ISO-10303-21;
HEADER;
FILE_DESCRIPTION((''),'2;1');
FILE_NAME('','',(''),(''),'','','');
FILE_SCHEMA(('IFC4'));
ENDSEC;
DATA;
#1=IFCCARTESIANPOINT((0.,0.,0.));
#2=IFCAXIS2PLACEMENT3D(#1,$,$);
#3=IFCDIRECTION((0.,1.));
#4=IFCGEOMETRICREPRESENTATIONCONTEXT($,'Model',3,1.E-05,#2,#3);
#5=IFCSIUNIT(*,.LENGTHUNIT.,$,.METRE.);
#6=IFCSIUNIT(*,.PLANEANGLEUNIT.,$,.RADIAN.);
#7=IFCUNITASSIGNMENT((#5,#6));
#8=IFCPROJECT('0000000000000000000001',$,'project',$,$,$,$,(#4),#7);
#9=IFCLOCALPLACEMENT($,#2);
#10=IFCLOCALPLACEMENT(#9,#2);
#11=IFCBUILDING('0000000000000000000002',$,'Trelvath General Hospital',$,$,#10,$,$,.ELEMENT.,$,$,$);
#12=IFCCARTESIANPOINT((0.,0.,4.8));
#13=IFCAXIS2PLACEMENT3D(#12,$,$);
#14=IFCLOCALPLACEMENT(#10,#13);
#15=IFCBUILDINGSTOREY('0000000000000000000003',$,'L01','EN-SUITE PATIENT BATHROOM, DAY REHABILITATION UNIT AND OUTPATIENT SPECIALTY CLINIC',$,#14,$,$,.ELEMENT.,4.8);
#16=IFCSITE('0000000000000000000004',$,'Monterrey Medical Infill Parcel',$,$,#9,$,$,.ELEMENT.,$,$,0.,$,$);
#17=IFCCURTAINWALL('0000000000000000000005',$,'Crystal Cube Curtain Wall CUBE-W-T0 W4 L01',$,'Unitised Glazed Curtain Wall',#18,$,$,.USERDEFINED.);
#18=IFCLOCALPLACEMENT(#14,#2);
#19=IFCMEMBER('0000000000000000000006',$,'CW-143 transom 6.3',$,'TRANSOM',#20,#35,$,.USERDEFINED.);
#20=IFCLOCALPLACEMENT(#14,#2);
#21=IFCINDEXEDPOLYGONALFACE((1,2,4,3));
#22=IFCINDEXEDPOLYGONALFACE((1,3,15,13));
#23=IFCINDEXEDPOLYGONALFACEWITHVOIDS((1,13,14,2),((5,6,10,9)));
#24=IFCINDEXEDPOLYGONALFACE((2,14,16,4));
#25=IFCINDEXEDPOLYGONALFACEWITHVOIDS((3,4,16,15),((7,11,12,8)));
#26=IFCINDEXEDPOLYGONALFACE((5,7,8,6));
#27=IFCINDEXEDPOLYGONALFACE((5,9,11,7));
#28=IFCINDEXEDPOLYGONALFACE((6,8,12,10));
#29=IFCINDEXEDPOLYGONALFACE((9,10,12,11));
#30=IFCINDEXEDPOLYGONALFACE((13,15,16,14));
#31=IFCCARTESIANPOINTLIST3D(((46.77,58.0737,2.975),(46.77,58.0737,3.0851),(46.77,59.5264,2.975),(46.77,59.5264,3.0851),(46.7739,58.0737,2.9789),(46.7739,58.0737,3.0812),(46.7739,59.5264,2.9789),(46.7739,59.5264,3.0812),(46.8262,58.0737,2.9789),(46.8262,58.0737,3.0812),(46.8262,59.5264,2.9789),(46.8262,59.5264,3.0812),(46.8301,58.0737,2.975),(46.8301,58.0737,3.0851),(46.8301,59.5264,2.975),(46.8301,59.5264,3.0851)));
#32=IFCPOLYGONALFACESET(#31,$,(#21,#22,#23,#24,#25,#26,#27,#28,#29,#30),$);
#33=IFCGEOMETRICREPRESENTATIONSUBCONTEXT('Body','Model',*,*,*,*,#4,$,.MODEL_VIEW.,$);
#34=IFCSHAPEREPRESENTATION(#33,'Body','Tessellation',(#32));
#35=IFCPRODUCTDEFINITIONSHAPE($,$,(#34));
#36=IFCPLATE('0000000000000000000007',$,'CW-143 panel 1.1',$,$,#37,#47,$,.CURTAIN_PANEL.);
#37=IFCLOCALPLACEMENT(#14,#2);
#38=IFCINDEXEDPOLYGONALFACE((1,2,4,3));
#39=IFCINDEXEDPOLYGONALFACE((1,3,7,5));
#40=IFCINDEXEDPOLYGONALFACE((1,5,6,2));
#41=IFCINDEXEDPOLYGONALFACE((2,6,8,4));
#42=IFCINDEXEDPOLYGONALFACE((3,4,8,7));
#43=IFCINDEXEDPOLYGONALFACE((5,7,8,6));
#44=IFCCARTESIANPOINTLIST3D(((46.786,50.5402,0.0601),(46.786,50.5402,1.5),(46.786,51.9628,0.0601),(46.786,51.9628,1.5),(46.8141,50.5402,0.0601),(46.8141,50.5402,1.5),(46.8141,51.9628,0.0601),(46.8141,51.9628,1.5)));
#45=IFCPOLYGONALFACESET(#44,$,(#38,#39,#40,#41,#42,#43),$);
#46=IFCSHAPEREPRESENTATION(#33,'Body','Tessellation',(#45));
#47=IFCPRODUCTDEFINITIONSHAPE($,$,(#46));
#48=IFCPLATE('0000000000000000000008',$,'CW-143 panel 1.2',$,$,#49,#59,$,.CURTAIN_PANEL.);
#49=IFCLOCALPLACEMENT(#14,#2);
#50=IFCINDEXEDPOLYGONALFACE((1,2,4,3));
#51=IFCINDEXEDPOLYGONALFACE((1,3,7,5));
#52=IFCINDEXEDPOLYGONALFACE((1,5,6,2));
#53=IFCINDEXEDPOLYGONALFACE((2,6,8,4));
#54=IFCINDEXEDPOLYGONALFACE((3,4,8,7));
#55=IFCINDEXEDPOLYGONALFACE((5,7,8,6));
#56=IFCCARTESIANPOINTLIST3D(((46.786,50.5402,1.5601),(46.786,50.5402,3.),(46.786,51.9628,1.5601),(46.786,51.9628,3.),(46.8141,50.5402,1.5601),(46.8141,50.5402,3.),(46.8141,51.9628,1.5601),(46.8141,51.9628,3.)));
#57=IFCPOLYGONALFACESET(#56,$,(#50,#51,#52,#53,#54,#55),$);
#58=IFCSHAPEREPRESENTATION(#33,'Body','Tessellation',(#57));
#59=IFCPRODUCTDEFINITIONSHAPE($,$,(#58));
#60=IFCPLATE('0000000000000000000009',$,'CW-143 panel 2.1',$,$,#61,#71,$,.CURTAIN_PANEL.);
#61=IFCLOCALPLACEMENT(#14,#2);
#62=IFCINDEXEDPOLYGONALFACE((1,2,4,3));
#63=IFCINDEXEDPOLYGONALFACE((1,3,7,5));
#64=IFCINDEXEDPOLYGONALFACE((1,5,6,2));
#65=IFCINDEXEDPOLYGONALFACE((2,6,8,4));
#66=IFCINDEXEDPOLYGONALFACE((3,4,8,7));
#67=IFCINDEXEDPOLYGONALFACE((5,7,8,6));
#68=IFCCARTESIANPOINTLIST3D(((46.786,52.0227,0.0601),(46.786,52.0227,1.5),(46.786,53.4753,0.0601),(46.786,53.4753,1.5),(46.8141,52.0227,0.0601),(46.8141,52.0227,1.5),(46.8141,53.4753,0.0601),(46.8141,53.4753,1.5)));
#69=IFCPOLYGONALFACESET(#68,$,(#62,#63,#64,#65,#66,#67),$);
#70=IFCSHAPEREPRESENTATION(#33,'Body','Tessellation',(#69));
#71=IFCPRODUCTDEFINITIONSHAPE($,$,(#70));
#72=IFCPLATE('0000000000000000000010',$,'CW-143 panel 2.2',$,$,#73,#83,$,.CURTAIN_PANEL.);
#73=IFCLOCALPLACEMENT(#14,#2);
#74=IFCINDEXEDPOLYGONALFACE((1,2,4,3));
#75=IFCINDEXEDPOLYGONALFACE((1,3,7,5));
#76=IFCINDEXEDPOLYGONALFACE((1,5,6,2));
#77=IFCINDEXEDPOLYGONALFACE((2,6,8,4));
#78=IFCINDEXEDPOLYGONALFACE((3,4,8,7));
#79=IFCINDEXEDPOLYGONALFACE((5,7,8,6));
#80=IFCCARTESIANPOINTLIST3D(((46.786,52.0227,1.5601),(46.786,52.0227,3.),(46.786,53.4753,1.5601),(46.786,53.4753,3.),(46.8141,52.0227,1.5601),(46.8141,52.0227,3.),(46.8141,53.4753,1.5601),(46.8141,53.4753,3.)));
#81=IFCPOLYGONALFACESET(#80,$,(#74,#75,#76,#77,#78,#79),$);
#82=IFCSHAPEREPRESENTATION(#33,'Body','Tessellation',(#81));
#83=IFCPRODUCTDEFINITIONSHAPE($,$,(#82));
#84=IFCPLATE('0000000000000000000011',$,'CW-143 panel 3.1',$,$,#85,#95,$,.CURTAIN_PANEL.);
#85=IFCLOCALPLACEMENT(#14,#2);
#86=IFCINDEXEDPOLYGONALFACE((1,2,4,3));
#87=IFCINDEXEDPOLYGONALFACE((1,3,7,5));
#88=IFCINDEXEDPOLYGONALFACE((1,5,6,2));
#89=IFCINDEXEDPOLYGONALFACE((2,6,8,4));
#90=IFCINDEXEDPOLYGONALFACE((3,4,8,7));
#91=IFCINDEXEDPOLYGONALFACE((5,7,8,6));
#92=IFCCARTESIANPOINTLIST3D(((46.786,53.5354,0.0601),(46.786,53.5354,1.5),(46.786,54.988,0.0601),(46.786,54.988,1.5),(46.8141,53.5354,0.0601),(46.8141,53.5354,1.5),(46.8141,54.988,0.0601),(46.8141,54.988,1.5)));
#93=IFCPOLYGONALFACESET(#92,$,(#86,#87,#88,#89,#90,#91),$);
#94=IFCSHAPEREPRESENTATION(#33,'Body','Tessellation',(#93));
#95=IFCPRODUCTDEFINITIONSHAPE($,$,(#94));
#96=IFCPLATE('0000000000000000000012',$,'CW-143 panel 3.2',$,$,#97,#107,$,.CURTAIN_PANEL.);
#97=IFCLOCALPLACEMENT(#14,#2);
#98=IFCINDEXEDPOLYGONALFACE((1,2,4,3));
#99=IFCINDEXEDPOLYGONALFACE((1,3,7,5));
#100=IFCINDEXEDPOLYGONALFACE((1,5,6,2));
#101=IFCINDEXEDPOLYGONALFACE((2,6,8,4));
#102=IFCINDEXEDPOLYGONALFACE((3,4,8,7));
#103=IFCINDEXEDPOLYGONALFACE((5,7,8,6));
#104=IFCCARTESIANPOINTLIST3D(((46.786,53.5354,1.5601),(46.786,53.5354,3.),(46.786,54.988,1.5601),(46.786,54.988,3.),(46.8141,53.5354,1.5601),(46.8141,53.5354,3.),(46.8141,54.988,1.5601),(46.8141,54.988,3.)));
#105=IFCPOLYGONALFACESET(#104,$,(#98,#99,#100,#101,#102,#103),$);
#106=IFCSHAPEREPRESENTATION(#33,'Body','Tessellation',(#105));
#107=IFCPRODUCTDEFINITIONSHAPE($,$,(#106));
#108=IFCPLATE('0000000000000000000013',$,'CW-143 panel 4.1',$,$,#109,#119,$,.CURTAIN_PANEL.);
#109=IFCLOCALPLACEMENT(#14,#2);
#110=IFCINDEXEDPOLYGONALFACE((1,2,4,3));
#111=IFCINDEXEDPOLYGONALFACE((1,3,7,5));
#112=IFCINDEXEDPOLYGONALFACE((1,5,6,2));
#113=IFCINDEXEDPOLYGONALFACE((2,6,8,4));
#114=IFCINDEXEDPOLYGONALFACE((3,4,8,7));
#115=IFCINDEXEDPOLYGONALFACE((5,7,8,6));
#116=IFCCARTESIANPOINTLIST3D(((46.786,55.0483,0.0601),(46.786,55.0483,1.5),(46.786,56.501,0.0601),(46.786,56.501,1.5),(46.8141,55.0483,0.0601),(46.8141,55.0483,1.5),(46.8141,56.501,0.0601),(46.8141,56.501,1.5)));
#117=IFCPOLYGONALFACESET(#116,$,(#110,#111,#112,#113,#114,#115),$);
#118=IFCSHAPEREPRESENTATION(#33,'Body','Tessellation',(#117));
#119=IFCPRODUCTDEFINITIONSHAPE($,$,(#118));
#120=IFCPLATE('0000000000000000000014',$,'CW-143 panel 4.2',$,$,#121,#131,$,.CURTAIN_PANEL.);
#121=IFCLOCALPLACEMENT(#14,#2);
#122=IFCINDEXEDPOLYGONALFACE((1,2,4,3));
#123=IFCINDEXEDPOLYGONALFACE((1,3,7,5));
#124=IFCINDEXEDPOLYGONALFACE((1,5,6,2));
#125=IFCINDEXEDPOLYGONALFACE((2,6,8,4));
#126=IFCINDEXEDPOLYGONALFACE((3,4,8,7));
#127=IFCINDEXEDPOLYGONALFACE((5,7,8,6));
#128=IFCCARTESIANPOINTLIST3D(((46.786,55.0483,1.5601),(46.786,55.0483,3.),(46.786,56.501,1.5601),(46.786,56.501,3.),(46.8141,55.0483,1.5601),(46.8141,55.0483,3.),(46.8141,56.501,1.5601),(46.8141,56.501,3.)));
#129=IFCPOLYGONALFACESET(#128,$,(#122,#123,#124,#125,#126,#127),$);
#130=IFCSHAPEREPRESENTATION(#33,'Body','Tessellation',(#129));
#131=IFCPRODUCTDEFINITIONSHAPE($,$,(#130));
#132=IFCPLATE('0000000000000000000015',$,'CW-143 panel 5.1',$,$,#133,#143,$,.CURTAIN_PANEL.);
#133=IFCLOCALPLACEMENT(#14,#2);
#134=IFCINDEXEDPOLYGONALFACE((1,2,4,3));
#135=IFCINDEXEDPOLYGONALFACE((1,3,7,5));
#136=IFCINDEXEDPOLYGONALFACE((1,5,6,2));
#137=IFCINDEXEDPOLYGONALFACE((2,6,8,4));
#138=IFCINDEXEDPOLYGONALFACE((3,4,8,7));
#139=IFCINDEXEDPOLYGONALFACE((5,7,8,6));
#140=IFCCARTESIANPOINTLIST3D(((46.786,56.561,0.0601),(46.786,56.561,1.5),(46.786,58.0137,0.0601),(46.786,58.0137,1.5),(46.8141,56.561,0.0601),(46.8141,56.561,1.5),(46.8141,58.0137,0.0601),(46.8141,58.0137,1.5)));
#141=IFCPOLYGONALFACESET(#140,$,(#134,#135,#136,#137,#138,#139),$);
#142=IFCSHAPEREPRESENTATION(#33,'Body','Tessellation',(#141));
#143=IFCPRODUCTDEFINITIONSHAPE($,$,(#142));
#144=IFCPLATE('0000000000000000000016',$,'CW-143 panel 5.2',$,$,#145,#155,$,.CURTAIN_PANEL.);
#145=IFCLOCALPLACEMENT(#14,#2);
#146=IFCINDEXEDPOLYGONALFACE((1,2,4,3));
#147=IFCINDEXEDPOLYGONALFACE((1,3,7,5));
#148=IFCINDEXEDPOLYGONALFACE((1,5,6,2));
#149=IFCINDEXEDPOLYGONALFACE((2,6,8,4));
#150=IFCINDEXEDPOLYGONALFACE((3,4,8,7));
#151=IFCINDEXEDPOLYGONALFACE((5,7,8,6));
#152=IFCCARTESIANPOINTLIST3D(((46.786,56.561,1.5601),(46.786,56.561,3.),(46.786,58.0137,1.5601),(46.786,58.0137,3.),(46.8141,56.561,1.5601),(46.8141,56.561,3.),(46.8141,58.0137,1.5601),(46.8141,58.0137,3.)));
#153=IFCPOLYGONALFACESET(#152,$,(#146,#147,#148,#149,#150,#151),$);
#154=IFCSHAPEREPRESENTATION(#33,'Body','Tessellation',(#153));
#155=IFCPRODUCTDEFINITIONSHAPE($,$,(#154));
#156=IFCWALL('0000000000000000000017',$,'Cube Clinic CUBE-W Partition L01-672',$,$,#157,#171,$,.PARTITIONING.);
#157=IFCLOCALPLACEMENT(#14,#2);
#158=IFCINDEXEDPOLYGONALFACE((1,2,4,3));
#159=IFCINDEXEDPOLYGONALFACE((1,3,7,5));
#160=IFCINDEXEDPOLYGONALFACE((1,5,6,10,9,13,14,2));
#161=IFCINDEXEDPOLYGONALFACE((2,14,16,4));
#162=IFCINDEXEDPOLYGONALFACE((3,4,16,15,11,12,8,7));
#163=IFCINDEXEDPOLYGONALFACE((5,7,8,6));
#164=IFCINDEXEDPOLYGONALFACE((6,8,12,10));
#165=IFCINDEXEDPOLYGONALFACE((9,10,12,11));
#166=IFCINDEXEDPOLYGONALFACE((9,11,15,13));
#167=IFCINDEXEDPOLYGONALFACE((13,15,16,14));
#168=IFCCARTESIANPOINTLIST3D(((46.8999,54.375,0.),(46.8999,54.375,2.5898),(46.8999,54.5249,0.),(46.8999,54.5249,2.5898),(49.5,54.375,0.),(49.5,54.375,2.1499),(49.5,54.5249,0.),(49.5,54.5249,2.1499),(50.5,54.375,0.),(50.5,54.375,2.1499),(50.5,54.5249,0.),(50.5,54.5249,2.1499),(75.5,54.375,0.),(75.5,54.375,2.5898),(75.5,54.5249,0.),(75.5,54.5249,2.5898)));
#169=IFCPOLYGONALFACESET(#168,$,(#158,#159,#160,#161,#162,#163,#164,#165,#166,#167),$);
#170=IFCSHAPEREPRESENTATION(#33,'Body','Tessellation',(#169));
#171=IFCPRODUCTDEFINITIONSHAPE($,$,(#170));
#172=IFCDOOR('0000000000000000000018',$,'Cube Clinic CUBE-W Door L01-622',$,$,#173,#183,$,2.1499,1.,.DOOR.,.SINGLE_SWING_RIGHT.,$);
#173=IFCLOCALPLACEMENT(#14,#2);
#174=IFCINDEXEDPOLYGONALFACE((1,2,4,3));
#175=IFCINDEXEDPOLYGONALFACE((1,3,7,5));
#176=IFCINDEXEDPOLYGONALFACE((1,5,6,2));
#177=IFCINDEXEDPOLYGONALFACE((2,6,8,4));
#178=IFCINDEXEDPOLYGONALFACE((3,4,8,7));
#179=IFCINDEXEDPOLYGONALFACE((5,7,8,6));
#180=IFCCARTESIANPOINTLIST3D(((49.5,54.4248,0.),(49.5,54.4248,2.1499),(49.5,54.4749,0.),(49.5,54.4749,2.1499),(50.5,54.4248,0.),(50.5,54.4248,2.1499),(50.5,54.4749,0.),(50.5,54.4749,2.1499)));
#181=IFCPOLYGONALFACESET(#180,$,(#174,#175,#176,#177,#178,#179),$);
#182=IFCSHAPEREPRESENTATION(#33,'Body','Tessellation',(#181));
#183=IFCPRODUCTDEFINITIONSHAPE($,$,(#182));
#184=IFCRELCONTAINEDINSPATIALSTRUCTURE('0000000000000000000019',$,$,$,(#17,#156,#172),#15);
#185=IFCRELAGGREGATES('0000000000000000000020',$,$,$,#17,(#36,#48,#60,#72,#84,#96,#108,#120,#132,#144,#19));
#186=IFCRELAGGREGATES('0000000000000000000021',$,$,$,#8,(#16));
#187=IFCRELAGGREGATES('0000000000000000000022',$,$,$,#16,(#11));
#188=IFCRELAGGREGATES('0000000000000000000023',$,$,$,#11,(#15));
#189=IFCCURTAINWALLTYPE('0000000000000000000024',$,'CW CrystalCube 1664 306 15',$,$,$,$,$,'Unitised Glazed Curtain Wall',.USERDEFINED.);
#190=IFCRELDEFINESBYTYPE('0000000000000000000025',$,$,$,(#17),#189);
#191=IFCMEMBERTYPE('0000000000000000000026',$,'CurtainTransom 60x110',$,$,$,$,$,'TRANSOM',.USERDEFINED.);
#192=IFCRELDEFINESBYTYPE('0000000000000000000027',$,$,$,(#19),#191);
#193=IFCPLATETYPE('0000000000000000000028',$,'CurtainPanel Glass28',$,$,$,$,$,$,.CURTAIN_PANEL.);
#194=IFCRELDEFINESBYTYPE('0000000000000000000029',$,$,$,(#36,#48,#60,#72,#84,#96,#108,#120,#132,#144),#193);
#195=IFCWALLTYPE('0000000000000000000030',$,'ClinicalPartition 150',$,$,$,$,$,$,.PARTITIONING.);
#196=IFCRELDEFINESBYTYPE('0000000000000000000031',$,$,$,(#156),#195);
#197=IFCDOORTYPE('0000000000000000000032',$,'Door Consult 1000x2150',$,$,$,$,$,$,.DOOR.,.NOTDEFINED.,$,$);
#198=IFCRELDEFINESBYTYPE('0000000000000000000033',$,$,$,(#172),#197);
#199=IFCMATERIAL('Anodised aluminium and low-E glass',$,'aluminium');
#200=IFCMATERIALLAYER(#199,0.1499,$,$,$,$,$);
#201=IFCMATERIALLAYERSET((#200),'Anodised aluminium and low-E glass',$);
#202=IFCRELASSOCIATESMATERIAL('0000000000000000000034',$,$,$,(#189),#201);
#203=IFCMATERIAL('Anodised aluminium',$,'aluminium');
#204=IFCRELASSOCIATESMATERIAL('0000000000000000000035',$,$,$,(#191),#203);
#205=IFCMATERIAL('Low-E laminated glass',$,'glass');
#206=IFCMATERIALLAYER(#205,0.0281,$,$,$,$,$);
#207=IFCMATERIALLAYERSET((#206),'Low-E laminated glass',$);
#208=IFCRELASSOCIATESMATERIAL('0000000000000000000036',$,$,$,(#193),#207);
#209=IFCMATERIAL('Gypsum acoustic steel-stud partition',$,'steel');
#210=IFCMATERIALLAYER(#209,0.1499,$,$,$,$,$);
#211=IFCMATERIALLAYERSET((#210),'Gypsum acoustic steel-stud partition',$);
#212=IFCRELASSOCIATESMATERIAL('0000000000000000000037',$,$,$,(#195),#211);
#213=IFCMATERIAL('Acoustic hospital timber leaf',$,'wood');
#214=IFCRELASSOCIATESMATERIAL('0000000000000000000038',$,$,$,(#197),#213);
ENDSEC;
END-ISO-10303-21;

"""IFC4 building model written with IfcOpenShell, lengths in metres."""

from ifc_helpers import new_model, si_unit, direction, frame, frame_2d, origin, origin_2d, place, context, subcontext, project, spatial, rectangle, hollow_rectangle, extrude, material, layer, layer_set, material_profile, profile_set, type_object, element, fill, aggregate, save


model = new_model("IFC4")

# Units and contexts
model_context = context("Model", 3, precision=1e-05, world=origin(), true_north=direction((0.0, 1.0)))
body_context = subcontext(model_context, "Body", "Model", "MODEL_VIEW")
ifc_project = project(units=[si_unit("LENGTHUNIT", "METRE"), si_unit("PLANEANGLEUNIT", "RADIAN")], contexts=[model_context])

# Site, building, storey
site_placement = place(None, origin())
site = spatial("IfcSite", under=ifc_project, at=site_placement, Name="Monterrey Medical Infill Parcel", CompositionType="ELEMENT", RefElevation=0.0)
building_placement = place(site_placement, origin())
building = spatial("IfcBuilding", under=site, at=building_placement, Name="Trelvath General Hospital", CompositionType="ELEMENT")
storey_placement = place(building_placement, frame((0.0, 0.0, 4.8)))
storey = spatial("IfcBuildingStorey", under=building, at=storey_placement, Name="L01", Description="EN-SUITE PATIENT BATHROOM, DAY REHABILITATION UNIT AND OUTPATIENT SPECIALTY CLINIC", CompositionType="ELEMENT", Elevation=4.8)

# Curtain wall, member, plates
ifc_material_1 = material(Name="Anodised aluminium and low-E glass", Category="aluminium")
ifc_layer_1 = layer(ifc_material_1, 0.1499)
ifc_layer_set_1 = layer_set([ifc_layer_1], Name="Anodised aluminium and low-E glass")
curtain_wall_type = type_object("IfcCurtainWallType", Name="CW CrystalCube 1664 306 15", ElementType="Unitised Glazed Curtain Wall", PredefinedType="USERDEFINED", material=ifc_layer_set_1)
curtain_wall_placement = place(storey_placement, origin())
curtain_wall = element("IfcCurtainWall", 1, at=curtain_wall_placement, inside=storey, type_object=curtain_wall_type, Name="Crystal Cube Curtain Wall CUBE-W-T0 W4 L01", ObjectType="Unitised Glazed Curtain Wall", PredefinedType="USERDEFINED")
ifc_material_2 = material(Name="Anodised aluminium", Category="aluminium")
ifc_material_profile_1 = material_profile(ifc_material_2, hollow_rectangle(XDim=0.0601, YDim=0.1101, WallThickness=0.0039, at=origin_2d()), Name="RHS60x110x4")
ifc_profile_set_1 = profile_set([ifc_material_profile_1], Name="Anodised aluminium")
member_type_1 = type_object("IfcMemberType", Name="CurtainTransom 60x110", ElementType="TRANSOM", PredefinedType="USERDEFINED", material=ifc_profile_set_1)
member_1_placement = place(storey_placement, frame((46.8, 58.0737, 3.03), z_axis=(0.0, 1.0, 0.0), x_axis=(-1.0, 0.0, 0.0)))
member_1 = element("IfcMember", 2, at=member_1_placement, type_object=member_type_1, Name="CW-143 transom 6.3", ObjectType="TRANSOM", PredefinedType="USERDEFINED", context=body_context, shape_type="SweptSolid", body=[
    extrude(hollow_rectangle(XDim=0.0601, YDim=0.1101, WallThickness=0.0039, at=origin_2d()), origin(), (0.0, 0.0, 1.0), 1.4526),
])
ifc_material_3 = material(Name="Low-E laminated glass", Category="glass")
ifc_layer_2 = layer(ifc_material_3, 0.0281)
ifc_layer_set_2 = layer_set([ifc_layer_2], Name="Low-E laminated glass")
plate_type = type_object("IfcPlateType", Name="CurtainPanel Glass28", PredefinedType="CURTAIN_PANEL", material=ifc_layer_set_2)
plate_1_placement = place(storey_placement, frame((46.8, 51.2515, 0.0601), z_axis=(0.0, 0.0, 1.0), x_axis=(0.0, 1.0, 0.0)))
plate_1 = element("IfcPlate", 3, at=plate_1_placement, type_object=plate_type, Name="CW-143 panel 1.1", PredefinedType="CURTAIN_PANEL", context=body_context, shape_type="SweptSolid", body=[
    extrude(rectangle(XDim=1.4226, YDim=0.0281, at=origin_2d()), origin(), (0.0, 0.0, 1.0), 1.4399),
])
plate_2_placement = place(storey_placement, frame((46.8, 51.2515, 1.5601), z_axis=(0.0, 0.0, 1.0), x_axis=(0.0, 1.0, 0.0)))
plate_2 = element("IfcPlate", 4, at=plate_2_placement, type_object=plate_type, Name="CW-143 panel 1.2", PredefinedType="CURTAIN_PANEL", context=body_context, shape_type="SweptSolid", body=[
    extrude(rectangle(XDim=1.4226, YDim=0.0281, at=origin_2d()), origin(), (0.0, 0.0, 1.0), 1.4399),
])
plate_3_placement = place(storey_placement, frame((46.8, 52.749, 0.0601), z_axis=(0.0, 0.0, 1.0), x_axis=(0.0, 1.0, 0.0)))
plate_3 = element("IfcPlate", 5, at=plate_3_placement, type_object=plate_type, Name="CW-143 panel 2.1", PredefinedType="CURTAIN_PANEL", context=body_context, shape_type="SweptSolid", body=[
    extrude(rectangle(XDim=1.4526, YDim=0.0281, at=origin_2d()), origin(), (0.0, 0.0, 1.0), 1.4399),
])
plate_4_placement = place(storey_placement, frame((46.8, 52.749, 1.5601), z_axis=(0.0, 0.0, 1.0), x_axis=(0.0, 1.0, 0.0)))
plate_4 = element("IfcPlate", 6, at=plate_4_placement, type_object=plate_type, Name="CW-143 panel 2.2", PredefinedType="CURTAIN_PANEL", context=body_context, shape_type="SweptSolid", body=[
    extrude(rectangle(XDim=1.4526, YDim=0.0281, at=origin_2d()), origin(), (0.0, 0.0, 1.0), 1.4399),
])
plate_5_placement = place(storey_placement, frame((46.8, 54.2617, 0.0601), z_axis=(0.0, 0.0, 1.0), x_axis=(0.0, 1.0, 0.0)))
plate_5 = element("IfcPlate", 7, at=plate_5_placement, type_object=plate_type, Name="CW-143 panel 3.1", PredefinedType="CURTAIN_PANEL", context=body_context, shape_type="SweptSolid", body=[
    extrude(rectangle(XDim=1.4526, YDim=0.0281, at=origin_2d()), origin(), (0.0, 0.0, 1.0), 1.4399),
])
plate_6_placement = place(storey_placement, frame((46.8, 54.2617, 1.5601), z_axis=(0.0, 0.0, 1.0), x_axis=(0.0, 1.0, 0.0)))
plate_6 = element("IfcPlate", 8, at=plate_6_placement, type_object=plate_type, Name="CW-143 panel 3.2", PredefinedType="CURTAIN_PANEL", context=body_context, shape_type="SweptSolid", body=[
    extrude(rectangle(XDim=1.4526, YDim=0.0281, at=origin_2d()), origin(), (0.0, 0.0, 1.0), 1.4399),
])
plate_7_placement = place(storey_placement, frame((46.8, 55.7747, 0.0601), z_axis=(0.0, 0.0, 1.0), x_axis=(0.0, 1.0, 0.0)))
plate_7 = element("IfcPlate", 9, at=plate_7_placement, type_object=plate_type, Name="CW-143 panel 4.1", PredefinedType="CURTAIN_PANEL", context=body_context, shape_type="SweptSolid", body=[
    extrude(rectangle(XDim=1.4526, YDim=0.0281, at=origin_2d()), origin(), (0.0, 0.0, 1.0), 1.4399),
])
plate_8_placement = place(storey_placement, frame((46.8, 55.7747, 1.5601), z_axis=(0.0, 0.0, 1.0), x_axis=(0.0, 1.0, 0.0)))
plate_8 = element("IfcPlate", 10, at=plate_8_placement, type_object=plate_type, Name="CW-143 panel 4.2", PredefinedType="CURTAIN_PANEL", context=body_context, shape_type="SweptSolid", body=[
    extrude(rectangle(XDim=1.4526, YDim=0.0281, at=origin_2d()), origin(), (0.0, 0.0, 1.0), 1.4399),
])
plate_9_placement = place(storey_placement, frame((46.8, 57.2874, 0.0601), z_axis=(0.0, 0.0, 1.0), x_axis=(0.0, 1.0, 0.0)))
plate_9 = element("IfcPlate", 11, at=plate_9_placement, type_object=plate_type, Name="CW-143 panel 5.1", PredefinedType="CURTAIN_PANEL", context=body_context, shape_type="SweptSolid", body=[
    extrude(rectangle(XDim=1.4526, YDim=0.0281, at=origin_2d()), origin(), (0.0, 0.0, 1.0), 1.4399),
])
plate_10_placement = place(storey_placement, frame((46.8, 57.2874, 1.5601), z_axis=(0.0, 0.0, 1.0), x_axis=(0.0, 1.0, 0.0)))
plate_10 = element("IfcPlate", 12, at=plate_10_placement, type_object=plate_type, Name="CW-143 panel 5.2", PredefinedType="CURTAIN_PANEL", context=body_context, shape_type="SweptSolid", body=[
    extrude(rectangle(XDim=1.4526, YDim=0.0281, at=origin_2d()), origin(), (0.0, 0.0, 1.0), 1.4399),
])
aggregate(curtain_wall, [plate_1, plate_2, plate_3, plate_4, plate_5, plate_6, plate_7, plate_8, plate_9, plate_10, member_1])

# Wall, opening, door
ifc_material_4 = material(Name="Gypsum acoustic steel-stud partition", Category="steel")
ifc_layer_3 = layer(ifc_material_4, 0.1499)
ifc_layer_set_3 = layer_set([ifc_layer_3], Name="Gypsum acoustic steel-stud partition")
wall_type = type_object("IfcWallType", Name="ClinicalPartition 150", PredefinedType="PARTITIONING", material=ifc_layer_set_3)
wall_placement = place(storey_placement, frame((46.8999, 54.45, 0.0), z_axis=(0.0, 0.0, 1.0), x_axis=(1.0, 0.0, 0.0)))
wall = element("IfcWall", 13, at=wall_placement, inside=storey, type_object=wall_type, Name="Cube Clinic CUBE-W Partition L01-672", PredefinedType="PARTITIONING", context=body_context, shape_type="SweptSolid", body=[
    extrude(rectangle(XDim=28.6001, YDim=0.1499, at=frame_2d((14.3, 0.0))), origin(), (0.0, 0.0, 1.0), 2.5898),
])
opening_placement = place(wall_placement, frame((2.6001, 0.0, 0.0)))
opening = element("IfcOpeningElement", 14, at=opening_placement, cuts=wall, PredefinedType="OPENING", context=body_context, shape_type="SweptSolid", body=[
    extrude(rectangle(XDim=1.0, YDim=2.1499, at=frame_2d((0.5, 1.075))), frame((0.0, 0.085, 0.0), z_axis=(0.0, -1.0, 0.0), x_axis=(1.0, 0.0, 0.0)), (0.0, 0.0, 1.0), 0.1699),
])
ifc_material_5 = material(Name="Acoustic hospital timber leaf", Category="wood")
door_type = type_object("IfcDoorType", Name="Door Consult 1000x2150", OperationType="NOTDEFINED", PredefinedType="DOOR", material=ifc_material_5)
door_placement = place(opening_placement, origin())
door = element("IfcDoor", 15, at=door_placement, inside=storey, type_object=door_type, Name="Cube Clinic CUBE-W Door L01-622", OperationType="SINGLE_SWING_RIGHT", OverallHeight=2.1499, OverallWidth=1.0, PredefinedType="DOOR", context=body_context, shape_type="SweptSolid", body=[
    extrude(rectangle(XDim=1.0, YDim=2.1499, at=frame_2d((0.5, 1.075))), frame((0.0, 0.0249, 0.0), z_axis=(0.0, -1.0, 0.0), x_axis=(1.0, 0.0, 0.0)), (0.0, 0.0, 1.0), 0.05),
])
fill(opening, door)

save(model, "model.ifc")
